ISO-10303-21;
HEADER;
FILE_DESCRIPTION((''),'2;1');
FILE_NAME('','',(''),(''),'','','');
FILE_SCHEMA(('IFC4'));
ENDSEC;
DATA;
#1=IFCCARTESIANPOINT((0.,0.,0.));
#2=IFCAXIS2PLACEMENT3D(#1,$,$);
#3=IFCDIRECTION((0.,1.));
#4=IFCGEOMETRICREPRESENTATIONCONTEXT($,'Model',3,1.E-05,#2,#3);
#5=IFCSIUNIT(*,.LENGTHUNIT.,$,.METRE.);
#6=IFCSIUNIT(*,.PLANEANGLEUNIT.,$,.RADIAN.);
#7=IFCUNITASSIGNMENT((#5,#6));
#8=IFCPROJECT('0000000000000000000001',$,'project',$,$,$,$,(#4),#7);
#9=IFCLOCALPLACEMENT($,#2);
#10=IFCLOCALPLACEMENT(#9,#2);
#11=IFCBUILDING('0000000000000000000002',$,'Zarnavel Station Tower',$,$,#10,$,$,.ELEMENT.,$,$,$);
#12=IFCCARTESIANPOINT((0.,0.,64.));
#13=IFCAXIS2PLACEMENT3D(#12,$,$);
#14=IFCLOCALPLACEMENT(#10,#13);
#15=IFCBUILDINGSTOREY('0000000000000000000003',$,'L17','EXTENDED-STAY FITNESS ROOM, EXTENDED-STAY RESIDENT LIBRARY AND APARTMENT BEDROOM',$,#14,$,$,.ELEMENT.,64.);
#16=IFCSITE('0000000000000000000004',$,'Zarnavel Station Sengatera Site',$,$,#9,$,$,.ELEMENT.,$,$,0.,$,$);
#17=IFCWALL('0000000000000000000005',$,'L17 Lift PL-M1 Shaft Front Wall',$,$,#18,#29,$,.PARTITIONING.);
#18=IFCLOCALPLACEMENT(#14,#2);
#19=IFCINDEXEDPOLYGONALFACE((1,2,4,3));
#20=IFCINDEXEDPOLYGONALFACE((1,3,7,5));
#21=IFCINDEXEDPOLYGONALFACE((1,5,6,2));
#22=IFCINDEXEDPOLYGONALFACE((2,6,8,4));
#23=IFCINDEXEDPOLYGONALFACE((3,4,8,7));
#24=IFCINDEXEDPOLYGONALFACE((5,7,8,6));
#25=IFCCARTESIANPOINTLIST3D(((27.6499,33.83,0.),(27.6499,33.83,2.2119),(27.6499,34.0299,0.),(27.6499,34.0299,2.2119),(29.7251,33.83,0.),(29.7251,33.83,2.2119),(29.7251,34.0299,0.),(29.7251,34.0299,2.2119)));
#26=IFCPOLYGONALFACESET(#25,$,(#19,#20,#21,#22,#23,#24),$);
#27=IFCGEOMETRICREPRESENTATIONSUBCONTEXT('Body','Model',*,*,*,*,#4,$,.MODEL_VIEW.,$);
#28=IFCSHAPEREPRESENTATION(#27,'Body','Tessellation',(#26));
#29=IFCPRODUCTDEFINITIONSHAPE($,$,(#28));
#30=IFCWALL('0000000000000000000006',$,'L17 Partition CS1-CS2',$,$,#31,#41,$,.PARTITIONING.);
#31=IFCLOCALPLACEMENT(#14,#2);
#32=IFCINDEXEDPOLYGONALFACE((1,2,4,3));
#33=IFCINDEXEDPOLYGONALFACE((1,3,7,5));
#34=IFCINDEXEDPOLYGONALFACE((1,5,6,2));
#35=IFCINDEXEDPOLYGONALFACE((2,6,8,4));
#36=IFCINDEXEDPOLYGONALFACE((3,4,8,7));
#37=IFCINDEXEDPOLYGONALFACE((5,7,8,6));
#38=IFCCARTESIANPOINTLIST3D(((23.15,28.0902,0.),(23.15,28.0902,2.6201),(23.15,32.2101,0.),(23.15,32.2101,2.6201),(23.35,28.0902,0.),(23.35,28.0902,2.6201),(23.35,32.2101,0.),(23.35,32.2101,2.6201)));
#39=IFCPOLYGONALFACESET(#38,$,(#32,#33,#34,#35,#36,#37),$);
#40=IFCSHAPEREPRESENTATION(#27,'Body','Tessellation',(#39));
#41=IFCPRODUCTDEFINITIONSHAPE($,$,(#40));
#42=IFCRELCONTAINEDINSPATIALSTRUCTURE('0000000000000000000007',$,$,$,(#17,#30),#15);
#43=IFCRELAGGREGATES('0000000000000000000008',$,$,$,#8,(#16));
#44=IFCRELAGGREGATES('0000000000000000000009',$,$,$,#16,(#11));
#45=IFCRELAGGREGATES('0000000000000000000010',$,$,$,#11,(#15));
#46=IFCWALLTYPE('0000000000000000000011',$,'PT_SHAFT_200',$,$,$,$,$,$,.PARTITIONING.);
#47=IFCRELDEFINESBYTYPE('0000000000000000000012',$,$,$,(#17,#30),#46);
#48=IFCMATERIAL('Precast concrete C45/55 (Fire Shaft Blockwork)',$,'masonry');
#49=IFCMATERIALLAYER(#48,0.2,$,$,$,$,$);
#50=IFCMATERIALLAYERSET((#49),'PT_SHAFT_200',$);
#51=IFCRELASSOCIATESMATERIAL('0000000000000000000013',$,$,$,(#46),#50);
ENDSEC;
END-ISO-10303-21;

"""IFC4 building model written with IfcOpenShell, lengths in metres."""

from ifc_helpers import new_model, si_unit, direction, frame, frame_2d, origin, place, context, subcontext, project, spatial, rectangle, extrude, material, layer, layer_set, type_object, element, save


model = new_model("IFC4")

# Units and contexts
model_context = context("Model", 3, precision=1e-05, world=origin(), true_north=direction((0.0, 1.0)))
body_context = subcontext(model_context, "Body", "Model", "MODEL_VIEW")
ifc_project = project(units=[si_unit("LENGTHUNIT", "METRE"), si_unit("PLANEANGLEUNIT", "RADIAN")], contexts=[model_context])

# Site, building, storey
site_placement = place(None, origin())
site = spatial("IfcSite", under=ifc_project, at=site_placement, Name="Zarnavel Station Sengatera Site", CompositionType="ELEMENT", RefElevation=0.0)
building_placement = place(site_placement, origin())
building = spatial("IfcBuilding", under=site, at=building_placement, Name="Zarnavel Station Tower", CompositionType="ELEMENT")
storey_placement = place(building_placement, frame((0.0, 0.0, 64.0)))
storey = spatial("IfcBuildingStorey", under=building, at=storey_placement, Name="L17", Description="EXTENDED-STAY FITNESS ROOM, EXTENDED-STAY RESIDENT LIBRARY AND APARTMENT BEDROOM", CompositionType="ELEMENT", Elevation=64.0)

# Shared definitions
ifc_material_1 = material(Name="Precast concrete C45/55 (Fire Shaft Blockwork)", Category="masonry")
ifc_layer_1 = layer(ifc_material_1, 0.2)
ifc_layer_set_1 = layer_set([ifc_layer_1], Name="PT_SHAFT_200")
wall_type_1 = type_object("IfcWallType", Name="PT_SHAFT_200", PredefinedType="PARTITIONING", material=ifc_layer_set_1)

# Wall
wall_1_placement = place(storey_placement, frame((27.6499, 33.9299, 0.0), z_axis=(0.0, 0.0, 1.0), x_axis=(1.0, 0.0, 0.0)))
element("IfcWall", 1, at=wall_1_placement, inside=storey, type_object=wall_type_1, Name="L17 Lift PL-M1 Shaft Front Wall", PredefinedType="PARTITIONING", context=body_context, shape_type="SweptSolid", body=[
    extrude(rectangle(XDim=2.0752, YDim=0.2, at=frame_2d((1.0376, 0.0))), origin(), (0.0, 0.0, 1.0), 2.2119),
])

# Wall
wall_2_placement = place(storey_placement, frame((23.25, 28.0901, 0.0), z_axis=(0.0, 0.0, 1.0), x_axis=(0.0, 1.0, 0.0)))
element("IfcWall", 2, at=wall_2_placement, inside=storey, type_object=wall_type_1, Name="L17 Partition CS1-CS2", PredefinedType="PARTITIONING", context=body_context, shape_type="SweptSolid", body=[
    extrude(rectangle(XDim=4.1199, YDim=0.2, at=frame_2d((2.0601, 0.0))), origin(), (0.0, 0.0, 1.0), 2.6201),
])

save(model, "model.ifc")
